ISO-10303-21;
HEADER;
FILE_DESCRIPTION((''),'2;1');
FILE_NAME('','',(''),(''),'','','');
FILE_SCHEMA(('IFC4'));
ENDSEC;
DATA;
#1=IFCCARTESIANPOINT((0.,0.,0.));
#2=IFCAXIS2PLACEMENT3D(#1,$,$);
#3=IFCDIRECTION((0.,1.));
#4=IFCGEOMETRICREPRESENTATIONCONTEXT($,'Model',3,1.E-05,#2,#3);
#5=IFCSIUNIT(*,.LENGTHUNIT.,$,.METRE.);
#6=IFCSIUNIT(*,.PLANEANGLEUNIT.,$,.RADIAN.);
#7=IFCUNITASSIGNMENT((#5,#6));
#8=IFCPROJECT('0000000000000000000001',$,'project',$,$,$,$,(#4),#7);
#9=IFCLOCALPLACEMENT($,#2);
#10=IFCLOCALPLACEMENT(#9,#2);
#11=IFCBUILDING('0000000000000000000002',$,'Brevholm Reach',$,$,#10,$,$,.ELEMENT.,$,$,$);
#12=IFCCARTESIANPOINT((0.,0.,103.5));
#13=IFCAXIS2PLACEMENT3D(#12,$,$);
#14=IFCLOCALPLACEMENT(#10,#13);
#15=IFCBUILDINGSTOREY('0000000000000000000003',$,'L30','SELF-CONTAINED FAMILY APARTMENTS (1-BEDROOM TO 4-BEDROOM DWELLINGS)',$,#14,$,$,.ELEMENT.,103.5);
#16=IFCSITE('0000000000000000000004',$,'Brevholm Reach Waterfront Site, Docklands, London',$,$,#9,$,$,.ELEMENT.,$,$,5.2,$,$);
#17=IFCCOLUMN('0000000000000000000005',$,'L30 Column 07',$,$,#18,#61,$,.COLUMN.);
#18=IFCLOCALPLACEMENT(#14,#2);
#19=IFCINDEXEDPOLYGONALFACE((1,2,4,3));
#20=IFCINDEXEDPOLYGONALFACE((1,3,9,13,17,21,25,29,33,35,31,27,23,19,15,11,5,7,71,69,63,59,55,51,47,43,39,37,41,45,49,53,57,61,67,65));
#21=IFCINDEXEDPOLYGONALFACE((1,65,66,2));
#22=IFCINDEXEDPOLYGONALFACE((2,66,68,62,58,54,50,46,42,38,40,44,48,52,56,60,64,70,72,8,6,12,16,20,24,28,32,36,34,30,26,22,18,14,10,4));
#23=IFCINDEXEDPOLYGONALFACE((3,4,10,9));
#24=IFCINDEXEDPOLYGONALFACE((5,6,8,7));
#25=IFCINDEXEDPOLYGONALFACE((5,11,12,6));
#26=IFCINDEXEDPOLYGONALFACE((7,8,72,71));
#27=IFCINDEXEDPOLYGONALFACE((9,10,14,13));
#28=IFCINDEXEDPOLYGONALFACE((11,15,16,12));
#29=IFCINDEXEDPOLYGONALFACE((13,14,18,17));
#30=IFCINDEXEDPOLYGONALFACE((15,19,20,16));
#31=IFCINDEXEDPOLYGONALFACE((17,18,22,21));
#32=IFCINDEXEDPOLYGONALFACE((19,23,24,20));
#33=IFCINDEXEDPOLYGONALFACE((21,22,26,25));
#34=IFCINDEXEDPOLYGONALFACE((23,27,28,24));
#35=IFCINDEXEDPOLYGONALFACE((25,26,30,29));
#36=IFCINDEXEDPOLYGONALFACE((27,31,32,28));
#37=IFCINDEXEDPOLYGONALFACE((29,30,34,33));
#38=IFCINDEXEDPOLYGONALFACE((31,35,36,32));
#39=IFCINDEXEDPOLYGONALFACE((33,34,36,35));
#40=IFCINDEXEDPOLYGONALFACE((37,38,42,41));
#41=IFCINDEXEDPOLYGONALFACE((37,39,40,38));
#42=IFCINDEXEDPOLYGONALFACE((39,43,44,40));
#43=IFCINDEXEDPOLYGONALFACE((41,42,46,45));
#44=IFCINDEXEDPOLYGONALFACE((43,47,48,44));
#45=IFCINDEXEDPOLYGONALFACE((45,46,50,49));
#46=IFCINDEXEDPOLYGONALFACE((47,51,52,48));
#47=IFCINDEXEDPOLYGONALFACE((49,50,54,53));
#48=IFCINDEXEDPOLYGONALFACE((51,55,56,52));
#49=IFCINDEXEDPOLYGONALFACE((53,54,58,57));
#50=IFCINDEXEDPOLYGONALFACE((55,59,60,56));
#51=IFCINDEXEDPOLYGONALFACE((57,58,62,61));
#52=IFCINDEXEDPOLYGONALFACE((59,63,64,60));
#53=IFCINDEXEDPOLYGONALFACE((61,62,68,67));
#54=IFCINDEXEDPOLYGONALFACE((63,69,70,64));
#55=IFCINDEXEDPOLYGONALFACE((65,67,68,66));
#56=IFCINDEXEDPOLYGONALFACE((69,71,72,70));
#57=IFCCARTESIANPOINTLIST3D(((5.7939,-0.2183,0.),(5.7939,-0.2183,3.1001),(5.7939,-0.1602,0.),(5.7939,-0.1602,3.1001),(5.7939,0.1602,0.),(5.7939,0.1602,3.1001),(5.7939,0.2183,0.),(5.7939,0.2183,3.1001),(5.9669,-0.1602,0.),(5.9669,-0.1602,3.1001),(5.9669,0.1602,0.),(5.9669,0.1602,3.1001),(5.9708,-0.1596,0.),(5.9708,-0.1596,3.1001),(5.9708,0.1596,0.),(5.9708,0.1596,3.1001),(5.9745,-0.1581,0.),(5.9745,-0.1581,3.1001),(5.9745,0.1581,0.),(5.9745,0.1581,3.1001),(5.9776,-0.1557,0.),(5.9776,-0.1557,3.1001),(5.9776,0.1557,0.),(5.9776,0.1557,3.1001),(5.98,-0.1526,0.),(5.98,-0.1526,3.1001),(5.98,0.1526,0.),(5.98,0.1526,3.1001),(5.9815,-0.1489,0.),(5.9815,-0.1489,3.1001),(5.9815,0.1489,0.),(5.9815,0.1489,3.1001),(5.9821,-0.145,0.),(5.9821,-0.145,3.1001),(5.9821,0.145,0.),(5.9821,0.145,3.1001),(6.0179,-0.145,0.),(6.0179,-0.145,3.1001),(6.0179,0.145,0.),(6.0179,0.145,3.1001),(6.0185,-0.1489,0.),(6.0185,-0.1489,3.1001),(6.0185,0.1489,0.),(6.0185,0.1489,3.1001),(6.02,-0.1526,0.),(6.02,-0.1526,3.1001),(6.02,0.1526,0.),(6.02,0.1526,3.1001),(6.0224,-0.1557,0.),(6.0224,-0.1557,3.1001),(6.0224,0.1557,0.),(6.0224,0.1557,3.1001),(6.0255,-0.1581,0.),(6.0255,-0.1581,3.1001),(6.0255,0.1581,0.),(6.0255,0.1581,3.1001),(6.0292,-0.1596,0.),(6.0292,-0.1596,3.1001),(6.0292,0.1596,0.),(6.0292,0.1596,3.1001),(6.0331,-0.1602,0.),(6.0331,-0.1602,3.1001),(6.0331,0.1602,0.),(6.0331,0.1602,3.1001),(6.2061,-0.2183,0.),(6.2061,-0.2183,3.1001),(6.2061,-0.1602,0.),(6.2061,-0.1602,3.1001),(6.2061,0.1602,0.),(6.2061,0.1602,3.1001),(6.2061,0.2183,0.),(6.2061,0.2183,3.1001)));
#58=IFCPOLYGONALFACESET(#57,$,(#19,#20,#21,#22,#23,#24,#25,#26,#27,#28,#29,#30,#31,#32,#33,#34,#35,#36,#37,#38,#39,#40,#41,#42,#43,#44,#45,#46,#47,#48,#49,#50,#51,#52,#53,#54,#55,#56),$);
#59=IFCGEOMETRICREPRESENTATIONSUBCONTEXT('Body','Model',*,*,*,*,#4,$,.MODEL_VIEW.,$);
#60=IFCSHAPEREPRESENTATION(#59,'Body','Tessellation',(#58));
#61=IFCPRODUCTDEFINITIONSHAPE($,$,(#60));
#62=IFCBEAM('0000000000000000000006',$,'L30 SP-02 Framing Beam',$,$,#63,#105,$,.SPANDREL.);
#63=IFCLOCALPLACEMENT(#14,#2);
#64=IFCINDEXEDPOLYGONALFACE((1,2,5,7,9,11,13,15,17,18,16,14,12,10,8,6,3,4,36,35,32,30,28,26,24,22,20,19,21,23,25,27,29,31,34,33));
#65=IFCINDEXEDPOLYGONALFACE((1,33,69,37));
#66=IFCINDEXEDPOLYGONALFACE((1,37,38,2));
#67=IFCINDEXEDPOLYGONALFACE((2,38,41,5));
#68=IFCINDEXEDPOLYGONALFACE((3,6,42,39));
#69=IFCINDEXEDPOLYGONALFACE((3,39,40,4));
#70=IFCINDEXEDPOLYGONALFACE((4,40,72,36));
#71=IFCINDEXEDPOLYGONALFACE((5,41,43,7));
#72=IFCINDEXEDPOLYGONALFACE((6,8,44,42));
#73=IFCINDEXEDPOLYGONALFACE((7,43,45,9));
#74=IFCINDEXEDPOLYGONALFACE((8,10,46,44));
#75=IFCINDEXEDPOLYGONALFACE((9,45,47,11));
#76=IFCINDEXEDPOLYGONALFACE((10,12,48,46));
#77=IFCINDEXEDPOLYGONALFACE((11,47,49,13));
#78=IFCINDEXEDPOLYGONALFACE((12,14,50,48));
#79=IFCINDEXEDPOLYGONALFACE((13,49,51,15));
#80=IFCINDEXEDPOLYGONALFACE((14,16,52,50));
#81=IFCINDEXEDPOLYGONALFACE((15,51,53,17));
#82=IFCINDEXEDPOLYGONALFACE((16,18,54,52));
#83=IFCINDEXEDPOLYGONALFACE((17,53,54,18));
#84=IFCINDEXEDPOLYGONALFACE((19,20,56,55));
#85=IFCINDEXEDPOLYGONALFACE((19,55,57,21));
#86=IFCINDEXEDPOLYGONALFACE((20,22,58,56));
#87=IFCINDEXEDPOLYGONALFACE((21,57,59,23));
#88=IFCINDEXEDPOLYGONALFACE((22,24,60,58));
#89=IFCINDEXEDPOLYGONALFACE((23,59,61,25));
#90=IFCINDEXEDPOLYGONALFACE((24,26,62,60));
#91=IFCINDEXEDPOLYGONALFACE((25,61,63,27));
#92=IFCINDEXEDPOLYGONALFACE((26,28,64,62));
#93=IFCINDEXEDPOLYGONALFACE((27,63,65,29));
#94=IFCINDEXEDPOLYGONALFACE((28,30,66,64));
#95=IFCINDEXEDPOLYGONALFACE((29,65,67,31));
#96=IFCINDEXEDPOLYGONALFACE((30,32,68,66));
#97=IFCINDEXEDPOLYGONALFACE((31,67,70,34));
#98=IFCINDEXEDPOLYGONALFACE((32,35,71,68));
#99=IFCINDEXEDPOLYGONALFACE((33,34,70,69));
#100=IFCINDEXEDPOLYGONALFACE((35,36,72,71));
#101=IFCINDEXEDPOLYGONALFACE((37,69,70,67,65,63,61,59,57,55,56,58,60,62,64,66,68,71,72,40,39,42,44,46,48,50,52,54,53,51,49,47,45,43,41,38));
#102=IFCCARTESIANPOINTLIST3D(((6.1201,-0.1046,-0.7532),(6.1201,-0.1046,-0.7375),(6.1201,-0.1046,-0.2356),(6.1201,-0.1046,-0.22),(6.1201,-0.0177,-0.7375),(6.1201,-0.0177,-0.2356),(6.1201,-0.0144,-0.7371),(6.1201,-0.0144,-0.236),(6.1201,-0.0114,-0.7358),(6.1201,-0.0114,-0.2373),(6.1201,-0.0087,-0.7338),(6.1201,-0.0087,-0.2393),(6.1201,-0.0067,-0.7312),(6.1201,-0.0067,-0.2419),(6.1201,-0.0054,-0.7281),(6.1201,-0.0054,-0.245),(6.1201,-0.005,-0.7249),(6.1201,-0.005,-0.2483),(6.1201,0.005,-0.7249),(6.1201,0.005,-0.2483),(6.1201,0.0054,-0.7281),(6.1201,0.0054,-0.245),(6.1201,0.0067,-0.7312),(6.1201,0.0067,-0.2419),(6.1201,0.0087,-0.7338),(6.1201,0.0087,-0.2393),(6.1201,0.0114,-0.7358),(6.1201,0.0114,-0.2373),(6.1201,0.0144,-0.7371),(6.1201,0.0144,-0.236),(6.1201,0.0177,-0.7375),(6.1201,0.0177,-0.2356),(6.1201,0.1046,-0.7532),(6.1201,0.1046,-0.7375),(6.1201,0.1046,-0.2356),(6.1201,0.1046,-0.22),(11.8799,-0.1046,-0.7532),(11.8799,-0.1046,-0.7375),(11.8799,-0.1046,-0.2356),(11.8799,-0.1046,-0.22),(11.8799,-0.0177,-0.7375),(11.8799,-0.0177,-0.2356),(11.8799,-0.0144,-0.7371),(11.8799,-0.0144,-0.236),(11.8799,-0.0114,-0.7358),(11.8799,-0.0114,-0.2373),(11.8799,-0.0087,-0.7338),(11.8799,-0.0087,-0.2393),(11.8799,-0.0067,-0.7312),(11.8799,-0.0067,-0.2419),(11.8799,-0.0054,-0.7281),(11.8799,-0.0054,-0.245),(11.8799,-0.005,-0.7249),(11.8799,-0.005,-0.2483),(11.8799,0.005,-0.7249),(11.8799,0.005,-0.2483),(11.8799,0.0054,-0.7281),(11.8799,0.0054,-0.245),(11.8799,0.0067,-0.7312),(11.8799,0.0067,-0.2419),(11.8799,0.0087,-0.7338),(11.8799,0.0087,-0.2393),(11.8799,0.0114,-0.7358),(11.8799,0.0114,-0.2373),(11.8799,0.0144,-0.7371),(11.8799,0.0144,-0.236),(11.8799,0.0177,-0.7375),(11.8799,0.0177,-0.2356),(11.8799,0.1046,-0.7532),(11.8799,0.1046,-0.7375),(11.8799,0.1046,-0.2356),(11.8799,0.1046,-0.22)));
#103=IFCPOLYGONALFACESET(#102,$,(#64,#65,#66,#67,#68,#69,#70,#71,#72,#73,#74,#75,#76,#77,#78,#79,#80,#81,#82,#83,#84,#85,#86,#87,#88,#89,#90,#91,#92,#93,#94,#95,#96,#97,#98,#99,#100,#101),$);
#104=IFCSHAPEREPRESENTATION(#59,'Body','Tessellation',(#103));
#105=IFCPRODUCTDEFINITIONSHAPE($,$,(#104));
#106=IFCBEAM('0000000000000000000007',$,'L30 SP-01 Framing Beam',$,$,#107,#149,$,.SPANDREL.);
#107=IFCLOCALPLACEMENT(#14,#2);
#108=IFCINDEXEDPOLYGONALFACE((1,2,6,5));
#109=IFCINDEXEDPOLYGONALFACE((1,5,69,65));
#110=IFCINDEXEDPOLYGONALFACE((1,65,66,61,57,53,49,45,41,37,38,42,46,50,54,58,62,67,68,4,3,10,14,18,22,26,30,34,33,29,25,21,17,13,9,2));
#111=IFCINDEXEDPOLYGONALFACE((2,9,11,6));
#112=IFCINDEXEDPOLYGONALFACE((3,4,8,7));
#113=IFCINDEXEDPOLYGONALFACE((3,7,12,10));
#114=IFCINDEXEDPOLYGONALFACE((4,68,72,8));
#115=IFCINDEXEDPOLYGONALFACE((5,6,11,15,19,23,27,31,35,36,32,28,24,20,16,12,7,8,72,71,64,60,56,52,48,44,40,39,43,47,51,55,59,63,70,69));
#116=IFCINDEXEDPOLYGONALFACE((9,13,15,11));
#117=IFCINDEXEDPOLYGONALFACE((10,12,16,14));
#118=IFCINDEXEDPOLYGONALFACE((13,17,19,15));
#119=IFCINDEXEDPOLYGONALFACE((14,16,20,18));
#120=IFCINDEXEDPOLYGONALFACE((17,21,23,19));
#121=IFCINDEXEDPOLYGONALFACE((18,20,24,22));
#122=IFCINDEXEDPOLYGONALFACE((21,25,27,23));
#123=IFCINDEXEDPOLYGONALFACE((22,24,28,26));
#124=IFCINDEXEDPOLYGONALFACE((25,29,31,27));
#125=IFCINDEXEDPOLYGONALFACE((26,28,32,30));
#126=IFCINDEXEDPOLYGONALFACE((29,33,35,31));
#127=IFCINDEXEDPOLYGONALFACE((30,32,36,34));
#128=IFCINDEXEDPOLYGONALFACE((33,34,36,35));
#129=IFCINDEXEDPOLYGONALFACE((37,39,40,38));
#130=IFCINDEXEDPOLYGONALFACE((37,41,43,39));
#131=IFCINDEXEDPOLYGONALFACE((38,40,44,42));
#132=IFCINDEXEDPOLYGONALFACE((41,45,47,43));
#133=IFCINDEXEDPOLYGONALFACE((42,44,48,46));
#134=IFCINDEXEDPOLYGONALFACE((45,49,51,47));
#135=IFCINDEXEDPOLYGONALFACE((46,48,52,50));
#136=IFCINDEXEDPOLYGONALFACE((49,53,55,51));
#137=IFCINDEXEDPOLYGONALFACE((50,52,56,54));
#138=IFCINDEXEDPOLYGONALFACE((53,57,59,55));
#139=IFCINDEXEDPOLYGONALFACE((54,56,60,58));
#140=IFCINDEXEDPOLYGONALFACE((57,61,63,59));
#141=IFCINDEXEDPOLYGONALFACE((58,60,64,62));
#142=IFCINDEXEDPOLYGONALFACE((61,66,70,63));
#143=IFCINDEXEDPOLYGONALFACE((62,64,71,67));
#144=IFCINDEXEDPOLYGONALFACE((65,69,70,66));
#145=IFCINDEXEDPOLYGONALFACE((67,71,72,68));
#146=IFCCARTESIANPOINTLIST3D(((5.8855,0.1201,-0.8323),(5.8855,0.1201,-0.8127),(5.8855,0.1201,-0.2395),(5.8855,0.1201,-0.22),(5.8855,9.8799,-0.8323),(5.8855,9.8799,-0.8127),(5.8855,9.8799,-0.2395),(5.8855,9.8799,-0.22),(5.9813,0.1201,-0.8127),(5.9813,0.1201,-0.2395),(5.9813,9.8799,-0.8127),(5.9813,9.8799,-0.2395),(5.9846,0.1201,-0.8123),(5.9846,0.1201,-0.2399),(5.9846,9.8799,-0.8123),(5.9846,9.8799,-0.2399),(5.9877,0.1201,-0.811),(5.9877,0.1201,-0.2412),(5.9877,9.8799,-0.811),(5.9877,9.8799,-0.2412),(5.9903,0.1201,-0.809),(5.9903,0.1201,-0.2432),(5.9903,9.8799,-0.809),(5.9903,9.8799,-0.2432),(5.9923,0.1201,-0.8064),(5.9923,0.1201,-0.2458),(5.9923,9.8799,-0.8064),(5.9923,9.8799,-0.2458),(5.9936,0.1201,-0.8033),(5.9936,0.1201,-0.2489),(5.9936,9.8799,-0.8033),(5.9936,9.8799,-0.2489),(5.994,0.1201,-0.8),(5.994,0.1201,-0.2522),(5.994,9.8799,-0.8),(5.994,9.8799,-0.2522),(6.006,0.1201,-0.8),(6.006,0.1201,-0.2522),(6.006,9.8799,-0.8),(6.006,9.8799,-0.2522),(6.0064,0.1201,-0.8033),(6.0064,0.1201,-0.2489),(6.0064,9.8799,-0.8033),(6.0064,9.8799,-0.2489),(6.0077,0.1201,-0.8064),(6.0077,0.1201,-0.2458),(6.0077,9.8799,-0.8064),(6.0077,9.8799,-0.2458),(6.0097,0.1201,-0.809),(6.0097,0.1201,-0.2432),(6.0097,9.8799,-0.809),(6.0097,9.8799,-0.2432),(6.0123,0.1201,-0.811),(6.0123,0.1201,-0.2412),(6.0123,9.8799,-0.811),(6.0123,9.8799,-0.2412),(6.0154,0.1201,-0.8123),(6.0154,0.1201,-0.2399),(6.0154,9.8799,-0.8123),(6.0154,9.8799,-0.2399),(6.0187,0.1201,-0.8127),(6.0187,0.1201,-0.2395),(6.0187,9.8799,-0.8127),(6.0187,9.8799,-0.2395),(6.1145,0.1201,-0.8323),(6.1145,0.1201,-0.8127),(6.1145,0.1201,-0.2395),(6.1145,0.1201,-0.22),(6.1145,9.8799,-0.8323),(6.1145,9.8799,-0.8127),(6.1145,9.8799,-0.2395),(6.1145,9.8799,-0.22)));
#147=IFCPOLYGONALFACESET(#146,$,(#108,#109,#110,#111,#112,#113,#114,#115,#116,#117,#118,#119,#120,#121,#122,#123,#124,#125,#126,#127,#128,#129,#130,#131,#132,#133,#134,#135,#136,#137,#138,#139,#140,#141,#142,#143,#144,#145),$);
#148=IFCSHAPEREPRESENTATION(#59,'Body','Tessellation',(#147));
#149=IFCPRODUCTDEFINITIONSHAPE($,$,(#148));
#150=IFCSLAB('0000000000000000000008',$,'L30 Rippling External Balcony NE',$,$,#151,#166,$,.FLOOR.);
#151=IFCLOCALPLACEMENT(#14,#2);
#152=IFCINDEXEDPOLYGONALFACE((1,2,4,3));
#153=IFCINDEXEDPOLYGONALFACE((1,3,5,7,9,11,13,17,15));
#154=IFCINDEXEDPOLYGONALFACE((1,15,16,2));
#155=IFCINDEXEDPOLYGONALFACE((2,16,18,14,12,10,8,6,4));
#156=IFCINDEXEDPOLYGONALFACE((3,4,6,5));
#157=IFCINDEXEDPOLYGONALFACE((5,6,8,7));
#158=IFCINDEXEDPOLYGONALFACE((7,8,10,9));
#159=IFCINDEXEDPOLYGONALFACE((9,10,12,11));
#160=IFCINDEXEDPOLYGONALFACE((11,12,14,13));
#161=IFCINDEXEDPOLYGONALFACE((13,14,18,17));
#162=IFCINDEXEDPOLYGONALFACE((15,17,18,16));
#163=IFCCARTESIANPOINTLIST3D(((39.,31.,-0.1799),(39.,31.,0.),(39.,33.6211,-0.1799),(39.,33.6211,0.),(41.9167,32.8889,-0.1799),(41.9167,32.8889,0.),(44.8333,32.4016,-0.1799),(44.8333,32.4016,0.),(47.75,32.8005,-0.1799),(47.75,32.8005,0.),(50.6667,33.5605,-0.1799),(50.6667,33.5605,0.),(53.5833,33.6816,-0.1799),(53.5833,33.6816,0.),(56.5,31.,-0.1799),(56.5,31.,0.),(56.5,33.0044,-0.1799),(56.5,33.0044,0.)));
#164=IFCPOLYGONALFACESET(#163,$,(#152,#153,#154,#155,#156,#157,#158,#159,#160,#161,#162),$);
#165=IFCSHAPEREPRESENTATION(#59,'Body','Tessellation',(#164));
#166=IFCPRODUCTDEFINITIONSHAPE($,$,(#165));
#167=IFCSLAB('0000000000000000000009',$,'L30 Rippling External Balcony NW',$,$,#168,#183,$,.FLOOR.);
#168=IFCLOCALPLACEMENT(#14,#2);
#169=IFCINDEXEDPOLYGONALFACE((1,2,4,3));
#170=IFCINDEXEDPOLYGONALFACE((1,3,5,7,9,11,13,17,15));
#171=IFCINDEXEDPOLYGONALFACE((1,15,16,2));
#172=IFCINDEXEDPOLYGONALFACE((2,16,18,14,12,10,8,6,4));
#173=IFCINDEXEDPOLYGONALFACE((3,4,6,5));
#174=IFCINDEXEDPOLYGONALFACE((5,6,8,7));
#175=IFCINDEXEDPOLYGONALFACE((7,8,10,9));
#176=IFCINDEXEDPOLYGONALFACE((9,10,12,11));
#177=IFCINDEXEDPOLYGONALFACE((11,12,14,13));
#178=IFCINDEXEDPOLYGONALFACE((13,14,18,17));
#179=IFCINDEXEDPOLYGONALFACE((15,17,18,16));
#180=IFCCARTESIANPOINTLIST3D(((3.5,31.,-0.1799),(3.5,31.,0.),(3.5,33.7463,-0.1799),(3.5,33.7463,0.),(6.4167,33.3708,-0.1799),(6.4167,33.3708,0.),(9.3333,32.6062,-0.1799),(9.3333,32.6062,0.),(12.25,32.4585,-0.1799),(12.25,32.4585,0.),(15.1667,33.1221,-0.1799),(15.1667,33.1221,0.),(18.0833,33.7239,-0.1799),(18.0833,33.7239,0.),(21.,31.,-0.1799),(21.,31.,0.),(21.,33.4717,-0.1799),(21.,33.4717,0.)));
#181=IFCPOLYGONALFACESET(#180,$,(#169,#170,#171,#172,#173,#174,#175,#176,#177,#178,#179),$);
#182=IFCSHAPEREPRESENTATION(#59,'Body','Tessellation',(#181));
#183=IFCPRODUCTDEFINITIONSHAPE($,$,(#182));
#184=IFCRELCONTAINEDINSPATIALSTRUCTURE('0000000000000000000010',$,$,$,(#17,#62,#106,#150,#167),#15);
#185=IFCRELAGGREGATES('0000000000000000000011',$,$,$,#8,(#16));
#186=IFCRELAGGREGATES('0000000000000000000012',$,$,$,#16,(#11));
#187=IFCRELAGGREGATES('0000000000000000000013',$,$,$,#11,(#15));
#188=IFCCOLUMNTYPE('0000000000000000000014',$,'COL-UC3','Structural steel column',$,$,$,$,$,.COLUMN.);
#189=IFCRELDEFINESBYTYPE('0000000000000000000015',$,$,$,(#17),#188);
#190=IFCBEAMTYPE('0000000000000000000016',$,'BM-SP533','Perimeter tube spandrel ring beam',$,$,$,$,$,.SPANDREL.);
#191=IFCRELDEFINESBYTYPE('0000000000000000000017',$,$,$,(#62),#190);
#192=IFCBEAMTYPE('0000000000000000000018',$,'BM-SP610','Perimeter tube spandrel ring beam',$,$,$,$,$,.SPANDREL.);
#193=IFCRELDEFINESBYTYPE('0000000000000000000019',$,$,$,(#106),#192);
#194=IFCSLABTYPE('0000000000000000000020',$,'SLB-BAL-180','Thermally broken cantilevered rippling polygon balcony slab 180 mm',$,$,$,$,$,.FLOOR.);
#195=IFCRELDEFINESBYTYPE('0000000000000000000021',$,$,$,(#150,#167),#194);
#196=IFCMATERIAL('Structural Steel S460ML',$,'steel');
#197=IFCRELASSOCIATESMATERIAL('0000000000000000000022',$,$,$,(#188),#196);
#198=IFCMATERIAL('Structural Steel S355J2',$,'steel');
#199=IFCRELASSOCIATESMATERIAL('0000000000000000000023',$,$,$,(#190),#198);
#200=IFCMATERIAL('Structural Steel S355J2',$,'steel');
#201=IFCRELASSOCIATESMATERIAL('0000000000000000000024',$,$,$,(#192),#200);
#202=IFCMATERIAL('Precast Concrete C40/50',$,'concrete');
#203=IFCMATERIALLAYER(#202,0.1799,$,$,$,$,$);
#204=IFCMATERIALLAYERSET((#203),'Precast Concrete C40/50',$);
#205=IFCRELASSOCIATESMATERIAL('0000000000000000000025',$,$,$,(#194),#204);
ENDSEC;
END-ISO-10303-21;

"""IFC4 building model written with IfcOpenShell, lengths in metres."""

from ifc_helpers import new_model, si_unit, direction, frame, origin, origin_2d, place, context, subcontext, project, spatial, polyline, i_section, outline, extrude, material, layer, layer_set, material_profile, profile_set, type_object, element, save


model = new_model("IFC4")

# Units and contexts
model_context = context("Model", 3, precision=1e-05, world=origin(), true_north=direction((0.0, 1.0)))
body_context = subcontext(model_context, "Body", "Model", "MODEL_VIEW")
ifc_project = project(units=[si_unit("LENGTHUNIT", "METRE"), si_unit("PLANEANGLEUNIT", "RADIAN")], contexts=[model_context])

# Site, building, storey
site_placement = place(None, origin())
site = spatial("IfcSite", under=ifc_project, at=site_placement, Name="Brevholm Reach Waterfront Site, Docklands, London", CompositionType="ELEMENT", RefElevation=5.2)
building_placement = place(site_placement, origin())
building = spatial("IfcBuilding", under=site, at=building_placement, Name="Brevholm Reach", CompositionType="ELEMENT")
storey_placement = place(building_placement, frame((0.0, 0.0, 103.5)))
storey = spatial("IfcBuildingStorey", under=building, at=storey_placement, Name="L30", Description="SELF-CONTAINED FAMILY APARTMENTS (1-BEDROOM TO 4-BEDROOM DWELLINGS)", CompositionType="ELEMENT", Elevation=103.5)

# Column
ifc_material_1 = material(Name="Structural Steel S460ML", Category="steel")
ifc_material_profile_1 = material_profile(ifc_material_1, i_section(OverallWidth=0.4121, OverallDepth=0.4365, WebThickness=0.0359, FlangeThickness=0.0581, FilletRadius=0.0151, at=origin_2d()), Name="UKC 356x406x467")
ifc_profile_set_1 = profile_set([ifc_material_profile_1], Name="Structural Steel S460ML")
column_type = type_object("IfcColumnType", Name="COL-UC3", Description="Structural steel column", PredefinedType="COLUMN", material=ifc_profile_set_1)
column_placement = place(storey_placement, frame((6.0, 0.0, 0.0), z_axis=(0.0, 0.0, 1.0), x_axis=(1.0, 0.0, 0.0)))
element("IfcColumn", 1, at=column_placement, inside=storey, type_object=column_type, Name="L30 Column 07", PredefinedType="COLUMN", context=body_context, shape_type="SweptSolid", body=[
    extrude(i_section(OverallWidth=0.4121, OverallDepth=0.4365, WebThickness=0.0359, FlangeThickness=0.0581, FilletRadius=0.0151, at=origin_2d()), origin(), (0.0, 0.0, 1.0), 3.1001),
])

# Beams
ifc_material_2 = material(Name="Structural Steel S355J2", Category="steel")
ifc_material_profile_2 = material_profile(ifc_material_2, i_section(OverallWidth=0.2092, OverallDepth=0.5332, WebThickness=0.01, FlangeThickness=0.0156, FilletRadius=0.0127, at=origin_2d()), Name="UKB 533x210x92")
ifc_profile_set_2 = profile_set([ifc_material_profile_2], Name="Structural Steel S355J2")
beam_type_1 = type_object("IfcBeamType", Name="BM-SP533", Description="Perimeter tube spandrel ring beam", PredefinedType="SPANDREL", material=ifc_profile_set_2)
beam_1_placement = place(storey_placement, frame((6.1201, 0.0, -0.4866), z_axis=(1.0, 0.0, 0.0), x_axis=(0.0, 1.0, 0.0)))
element("IfcBeam", 2, at=beam_1_placement, inside=storey, type_object=beam_type_1, Name="L30 SP-02 Framing Beam", PredefinedType="SPANDREL", context=body_context, shape_type="SweptSolid", body=[
    extrude(i_section(OverallWidth=0.2092, OverallDepth=0.5332, WebThickness=0.01, FlangeThickness=0.0156, FilletRadius=0.0127, at=origin_2d()), origin(), (0.0, 0.0, 1.0), 5.7598),
])
ifc_material_3 = material(Name="Structural Steel S355J2", Category="steel")
ifc_material_profile_3 = material_profile(ifc_material_3, i_section(OverallWidth=0.229, OverallDepth=0.6123, WebThickness=0.012, FlangeThickness=0.0195, FilletRadius=0.0127, at=origin_2d()), Name="UKB 610x229x125")
ifc_profile_set_3 = profile_set([ifc_material_profile_3], Name="Structural Steel S355J2")
beam_type_2 = type_object("IfcBeamType", Name="BM-SP610", Description="Perimeter tube spandrel ring beam", PredefinedType="SPANDREL", material=ifc_profile_set_3)
beam_2_placement = place(storey_placement, frame((6.0, 0.1201, -0.5261), z_axis=(0.0, 1.0, 0.0), x_axis=(-1.0, 0.0, 0.0)))
element("IfcBeam", 3, at=beam_2_placement, inside=storey, type_object=beam_type_2, Name="L30 SP-01 Framing Beam", PredefinedType="SPANDREL", context=body_context, shape_type="SweptSolid", body=[
    extrude(i_section(OverallWidth=0.229, OverallDepth=0.6123, WebThickness=0.012, FlangeThickness=0.0195, FilletRadius=0.0127, at=origin_2d()), origin(), (0.0, 0.0, 1.0), 9.7598),
])

# Slabs
ifc_material_4 = material(Name="Precast Concrete C40/50", Category="concrete")
ifc_layer_1 = layer(ifc_material_4, 0.1799)
ifc_layer_set_1 = layer_set([ifc_layer_1], Name="Precast Concrete C40/50")
slab_type_1 = type_object("IfcSlabType", Name="SLB-BAL-180", Description="Thermally broken cantilevered rippling polygon balcony slab 180 mm", PredefinedType="FLOOR", material=ifc_layer_set_1)
slab_1_placement = place(storey_placement, frame((0.0, 0.0, -0.1799)))
element("IfcSlab", 4, at=slab_1_placement, inside=storey, type_object=slab_type_1, Name="L30 Rippling External Balcony NE", PredefinedType="FLOOR", context=body_context, shape_type="SweptSolid", body=[
    extrude(outline(polyline([(39.0, 31.0), (56.5, 31.0), (56.5, 33.0044), (53.5833, 33.6816), (50.6667, 33.5605), (47.75, 32.8005), (44.8333, 32.4016), (41.9167, 32.8889), (39.0, 33.6211), (39.0, 31.0)])), origin(), (0.0, 0.0, 1.0), 0.1799),
])
slab_2_placement = place(storey_placement, frame((0.0, 0.0, -0.1799)))
element("IfcSlab", 5, at=slab_2_placement, inside=storey, type_object=slab_type_1, Name="L30 Rippling External Balcony NW", PredefinedType="FLOOR", context=body_context, shape_type="SweptSolid", body=[
    extrude(outline(polyline([(3.5, 31.0), (21.0, 31.0), (21.0, 33.4717), (18.0833, 33.7239), (15.1667, 33.1221), (12.25, 32.4585), (9.3333, 32.6062), (6.4167, 33.3708), (3.5, 33.7463), (3.5, 31.0)])), origin(), (0.0, 0.0, 1.0), 0.1799),
])

save(model, "model.ifc")
